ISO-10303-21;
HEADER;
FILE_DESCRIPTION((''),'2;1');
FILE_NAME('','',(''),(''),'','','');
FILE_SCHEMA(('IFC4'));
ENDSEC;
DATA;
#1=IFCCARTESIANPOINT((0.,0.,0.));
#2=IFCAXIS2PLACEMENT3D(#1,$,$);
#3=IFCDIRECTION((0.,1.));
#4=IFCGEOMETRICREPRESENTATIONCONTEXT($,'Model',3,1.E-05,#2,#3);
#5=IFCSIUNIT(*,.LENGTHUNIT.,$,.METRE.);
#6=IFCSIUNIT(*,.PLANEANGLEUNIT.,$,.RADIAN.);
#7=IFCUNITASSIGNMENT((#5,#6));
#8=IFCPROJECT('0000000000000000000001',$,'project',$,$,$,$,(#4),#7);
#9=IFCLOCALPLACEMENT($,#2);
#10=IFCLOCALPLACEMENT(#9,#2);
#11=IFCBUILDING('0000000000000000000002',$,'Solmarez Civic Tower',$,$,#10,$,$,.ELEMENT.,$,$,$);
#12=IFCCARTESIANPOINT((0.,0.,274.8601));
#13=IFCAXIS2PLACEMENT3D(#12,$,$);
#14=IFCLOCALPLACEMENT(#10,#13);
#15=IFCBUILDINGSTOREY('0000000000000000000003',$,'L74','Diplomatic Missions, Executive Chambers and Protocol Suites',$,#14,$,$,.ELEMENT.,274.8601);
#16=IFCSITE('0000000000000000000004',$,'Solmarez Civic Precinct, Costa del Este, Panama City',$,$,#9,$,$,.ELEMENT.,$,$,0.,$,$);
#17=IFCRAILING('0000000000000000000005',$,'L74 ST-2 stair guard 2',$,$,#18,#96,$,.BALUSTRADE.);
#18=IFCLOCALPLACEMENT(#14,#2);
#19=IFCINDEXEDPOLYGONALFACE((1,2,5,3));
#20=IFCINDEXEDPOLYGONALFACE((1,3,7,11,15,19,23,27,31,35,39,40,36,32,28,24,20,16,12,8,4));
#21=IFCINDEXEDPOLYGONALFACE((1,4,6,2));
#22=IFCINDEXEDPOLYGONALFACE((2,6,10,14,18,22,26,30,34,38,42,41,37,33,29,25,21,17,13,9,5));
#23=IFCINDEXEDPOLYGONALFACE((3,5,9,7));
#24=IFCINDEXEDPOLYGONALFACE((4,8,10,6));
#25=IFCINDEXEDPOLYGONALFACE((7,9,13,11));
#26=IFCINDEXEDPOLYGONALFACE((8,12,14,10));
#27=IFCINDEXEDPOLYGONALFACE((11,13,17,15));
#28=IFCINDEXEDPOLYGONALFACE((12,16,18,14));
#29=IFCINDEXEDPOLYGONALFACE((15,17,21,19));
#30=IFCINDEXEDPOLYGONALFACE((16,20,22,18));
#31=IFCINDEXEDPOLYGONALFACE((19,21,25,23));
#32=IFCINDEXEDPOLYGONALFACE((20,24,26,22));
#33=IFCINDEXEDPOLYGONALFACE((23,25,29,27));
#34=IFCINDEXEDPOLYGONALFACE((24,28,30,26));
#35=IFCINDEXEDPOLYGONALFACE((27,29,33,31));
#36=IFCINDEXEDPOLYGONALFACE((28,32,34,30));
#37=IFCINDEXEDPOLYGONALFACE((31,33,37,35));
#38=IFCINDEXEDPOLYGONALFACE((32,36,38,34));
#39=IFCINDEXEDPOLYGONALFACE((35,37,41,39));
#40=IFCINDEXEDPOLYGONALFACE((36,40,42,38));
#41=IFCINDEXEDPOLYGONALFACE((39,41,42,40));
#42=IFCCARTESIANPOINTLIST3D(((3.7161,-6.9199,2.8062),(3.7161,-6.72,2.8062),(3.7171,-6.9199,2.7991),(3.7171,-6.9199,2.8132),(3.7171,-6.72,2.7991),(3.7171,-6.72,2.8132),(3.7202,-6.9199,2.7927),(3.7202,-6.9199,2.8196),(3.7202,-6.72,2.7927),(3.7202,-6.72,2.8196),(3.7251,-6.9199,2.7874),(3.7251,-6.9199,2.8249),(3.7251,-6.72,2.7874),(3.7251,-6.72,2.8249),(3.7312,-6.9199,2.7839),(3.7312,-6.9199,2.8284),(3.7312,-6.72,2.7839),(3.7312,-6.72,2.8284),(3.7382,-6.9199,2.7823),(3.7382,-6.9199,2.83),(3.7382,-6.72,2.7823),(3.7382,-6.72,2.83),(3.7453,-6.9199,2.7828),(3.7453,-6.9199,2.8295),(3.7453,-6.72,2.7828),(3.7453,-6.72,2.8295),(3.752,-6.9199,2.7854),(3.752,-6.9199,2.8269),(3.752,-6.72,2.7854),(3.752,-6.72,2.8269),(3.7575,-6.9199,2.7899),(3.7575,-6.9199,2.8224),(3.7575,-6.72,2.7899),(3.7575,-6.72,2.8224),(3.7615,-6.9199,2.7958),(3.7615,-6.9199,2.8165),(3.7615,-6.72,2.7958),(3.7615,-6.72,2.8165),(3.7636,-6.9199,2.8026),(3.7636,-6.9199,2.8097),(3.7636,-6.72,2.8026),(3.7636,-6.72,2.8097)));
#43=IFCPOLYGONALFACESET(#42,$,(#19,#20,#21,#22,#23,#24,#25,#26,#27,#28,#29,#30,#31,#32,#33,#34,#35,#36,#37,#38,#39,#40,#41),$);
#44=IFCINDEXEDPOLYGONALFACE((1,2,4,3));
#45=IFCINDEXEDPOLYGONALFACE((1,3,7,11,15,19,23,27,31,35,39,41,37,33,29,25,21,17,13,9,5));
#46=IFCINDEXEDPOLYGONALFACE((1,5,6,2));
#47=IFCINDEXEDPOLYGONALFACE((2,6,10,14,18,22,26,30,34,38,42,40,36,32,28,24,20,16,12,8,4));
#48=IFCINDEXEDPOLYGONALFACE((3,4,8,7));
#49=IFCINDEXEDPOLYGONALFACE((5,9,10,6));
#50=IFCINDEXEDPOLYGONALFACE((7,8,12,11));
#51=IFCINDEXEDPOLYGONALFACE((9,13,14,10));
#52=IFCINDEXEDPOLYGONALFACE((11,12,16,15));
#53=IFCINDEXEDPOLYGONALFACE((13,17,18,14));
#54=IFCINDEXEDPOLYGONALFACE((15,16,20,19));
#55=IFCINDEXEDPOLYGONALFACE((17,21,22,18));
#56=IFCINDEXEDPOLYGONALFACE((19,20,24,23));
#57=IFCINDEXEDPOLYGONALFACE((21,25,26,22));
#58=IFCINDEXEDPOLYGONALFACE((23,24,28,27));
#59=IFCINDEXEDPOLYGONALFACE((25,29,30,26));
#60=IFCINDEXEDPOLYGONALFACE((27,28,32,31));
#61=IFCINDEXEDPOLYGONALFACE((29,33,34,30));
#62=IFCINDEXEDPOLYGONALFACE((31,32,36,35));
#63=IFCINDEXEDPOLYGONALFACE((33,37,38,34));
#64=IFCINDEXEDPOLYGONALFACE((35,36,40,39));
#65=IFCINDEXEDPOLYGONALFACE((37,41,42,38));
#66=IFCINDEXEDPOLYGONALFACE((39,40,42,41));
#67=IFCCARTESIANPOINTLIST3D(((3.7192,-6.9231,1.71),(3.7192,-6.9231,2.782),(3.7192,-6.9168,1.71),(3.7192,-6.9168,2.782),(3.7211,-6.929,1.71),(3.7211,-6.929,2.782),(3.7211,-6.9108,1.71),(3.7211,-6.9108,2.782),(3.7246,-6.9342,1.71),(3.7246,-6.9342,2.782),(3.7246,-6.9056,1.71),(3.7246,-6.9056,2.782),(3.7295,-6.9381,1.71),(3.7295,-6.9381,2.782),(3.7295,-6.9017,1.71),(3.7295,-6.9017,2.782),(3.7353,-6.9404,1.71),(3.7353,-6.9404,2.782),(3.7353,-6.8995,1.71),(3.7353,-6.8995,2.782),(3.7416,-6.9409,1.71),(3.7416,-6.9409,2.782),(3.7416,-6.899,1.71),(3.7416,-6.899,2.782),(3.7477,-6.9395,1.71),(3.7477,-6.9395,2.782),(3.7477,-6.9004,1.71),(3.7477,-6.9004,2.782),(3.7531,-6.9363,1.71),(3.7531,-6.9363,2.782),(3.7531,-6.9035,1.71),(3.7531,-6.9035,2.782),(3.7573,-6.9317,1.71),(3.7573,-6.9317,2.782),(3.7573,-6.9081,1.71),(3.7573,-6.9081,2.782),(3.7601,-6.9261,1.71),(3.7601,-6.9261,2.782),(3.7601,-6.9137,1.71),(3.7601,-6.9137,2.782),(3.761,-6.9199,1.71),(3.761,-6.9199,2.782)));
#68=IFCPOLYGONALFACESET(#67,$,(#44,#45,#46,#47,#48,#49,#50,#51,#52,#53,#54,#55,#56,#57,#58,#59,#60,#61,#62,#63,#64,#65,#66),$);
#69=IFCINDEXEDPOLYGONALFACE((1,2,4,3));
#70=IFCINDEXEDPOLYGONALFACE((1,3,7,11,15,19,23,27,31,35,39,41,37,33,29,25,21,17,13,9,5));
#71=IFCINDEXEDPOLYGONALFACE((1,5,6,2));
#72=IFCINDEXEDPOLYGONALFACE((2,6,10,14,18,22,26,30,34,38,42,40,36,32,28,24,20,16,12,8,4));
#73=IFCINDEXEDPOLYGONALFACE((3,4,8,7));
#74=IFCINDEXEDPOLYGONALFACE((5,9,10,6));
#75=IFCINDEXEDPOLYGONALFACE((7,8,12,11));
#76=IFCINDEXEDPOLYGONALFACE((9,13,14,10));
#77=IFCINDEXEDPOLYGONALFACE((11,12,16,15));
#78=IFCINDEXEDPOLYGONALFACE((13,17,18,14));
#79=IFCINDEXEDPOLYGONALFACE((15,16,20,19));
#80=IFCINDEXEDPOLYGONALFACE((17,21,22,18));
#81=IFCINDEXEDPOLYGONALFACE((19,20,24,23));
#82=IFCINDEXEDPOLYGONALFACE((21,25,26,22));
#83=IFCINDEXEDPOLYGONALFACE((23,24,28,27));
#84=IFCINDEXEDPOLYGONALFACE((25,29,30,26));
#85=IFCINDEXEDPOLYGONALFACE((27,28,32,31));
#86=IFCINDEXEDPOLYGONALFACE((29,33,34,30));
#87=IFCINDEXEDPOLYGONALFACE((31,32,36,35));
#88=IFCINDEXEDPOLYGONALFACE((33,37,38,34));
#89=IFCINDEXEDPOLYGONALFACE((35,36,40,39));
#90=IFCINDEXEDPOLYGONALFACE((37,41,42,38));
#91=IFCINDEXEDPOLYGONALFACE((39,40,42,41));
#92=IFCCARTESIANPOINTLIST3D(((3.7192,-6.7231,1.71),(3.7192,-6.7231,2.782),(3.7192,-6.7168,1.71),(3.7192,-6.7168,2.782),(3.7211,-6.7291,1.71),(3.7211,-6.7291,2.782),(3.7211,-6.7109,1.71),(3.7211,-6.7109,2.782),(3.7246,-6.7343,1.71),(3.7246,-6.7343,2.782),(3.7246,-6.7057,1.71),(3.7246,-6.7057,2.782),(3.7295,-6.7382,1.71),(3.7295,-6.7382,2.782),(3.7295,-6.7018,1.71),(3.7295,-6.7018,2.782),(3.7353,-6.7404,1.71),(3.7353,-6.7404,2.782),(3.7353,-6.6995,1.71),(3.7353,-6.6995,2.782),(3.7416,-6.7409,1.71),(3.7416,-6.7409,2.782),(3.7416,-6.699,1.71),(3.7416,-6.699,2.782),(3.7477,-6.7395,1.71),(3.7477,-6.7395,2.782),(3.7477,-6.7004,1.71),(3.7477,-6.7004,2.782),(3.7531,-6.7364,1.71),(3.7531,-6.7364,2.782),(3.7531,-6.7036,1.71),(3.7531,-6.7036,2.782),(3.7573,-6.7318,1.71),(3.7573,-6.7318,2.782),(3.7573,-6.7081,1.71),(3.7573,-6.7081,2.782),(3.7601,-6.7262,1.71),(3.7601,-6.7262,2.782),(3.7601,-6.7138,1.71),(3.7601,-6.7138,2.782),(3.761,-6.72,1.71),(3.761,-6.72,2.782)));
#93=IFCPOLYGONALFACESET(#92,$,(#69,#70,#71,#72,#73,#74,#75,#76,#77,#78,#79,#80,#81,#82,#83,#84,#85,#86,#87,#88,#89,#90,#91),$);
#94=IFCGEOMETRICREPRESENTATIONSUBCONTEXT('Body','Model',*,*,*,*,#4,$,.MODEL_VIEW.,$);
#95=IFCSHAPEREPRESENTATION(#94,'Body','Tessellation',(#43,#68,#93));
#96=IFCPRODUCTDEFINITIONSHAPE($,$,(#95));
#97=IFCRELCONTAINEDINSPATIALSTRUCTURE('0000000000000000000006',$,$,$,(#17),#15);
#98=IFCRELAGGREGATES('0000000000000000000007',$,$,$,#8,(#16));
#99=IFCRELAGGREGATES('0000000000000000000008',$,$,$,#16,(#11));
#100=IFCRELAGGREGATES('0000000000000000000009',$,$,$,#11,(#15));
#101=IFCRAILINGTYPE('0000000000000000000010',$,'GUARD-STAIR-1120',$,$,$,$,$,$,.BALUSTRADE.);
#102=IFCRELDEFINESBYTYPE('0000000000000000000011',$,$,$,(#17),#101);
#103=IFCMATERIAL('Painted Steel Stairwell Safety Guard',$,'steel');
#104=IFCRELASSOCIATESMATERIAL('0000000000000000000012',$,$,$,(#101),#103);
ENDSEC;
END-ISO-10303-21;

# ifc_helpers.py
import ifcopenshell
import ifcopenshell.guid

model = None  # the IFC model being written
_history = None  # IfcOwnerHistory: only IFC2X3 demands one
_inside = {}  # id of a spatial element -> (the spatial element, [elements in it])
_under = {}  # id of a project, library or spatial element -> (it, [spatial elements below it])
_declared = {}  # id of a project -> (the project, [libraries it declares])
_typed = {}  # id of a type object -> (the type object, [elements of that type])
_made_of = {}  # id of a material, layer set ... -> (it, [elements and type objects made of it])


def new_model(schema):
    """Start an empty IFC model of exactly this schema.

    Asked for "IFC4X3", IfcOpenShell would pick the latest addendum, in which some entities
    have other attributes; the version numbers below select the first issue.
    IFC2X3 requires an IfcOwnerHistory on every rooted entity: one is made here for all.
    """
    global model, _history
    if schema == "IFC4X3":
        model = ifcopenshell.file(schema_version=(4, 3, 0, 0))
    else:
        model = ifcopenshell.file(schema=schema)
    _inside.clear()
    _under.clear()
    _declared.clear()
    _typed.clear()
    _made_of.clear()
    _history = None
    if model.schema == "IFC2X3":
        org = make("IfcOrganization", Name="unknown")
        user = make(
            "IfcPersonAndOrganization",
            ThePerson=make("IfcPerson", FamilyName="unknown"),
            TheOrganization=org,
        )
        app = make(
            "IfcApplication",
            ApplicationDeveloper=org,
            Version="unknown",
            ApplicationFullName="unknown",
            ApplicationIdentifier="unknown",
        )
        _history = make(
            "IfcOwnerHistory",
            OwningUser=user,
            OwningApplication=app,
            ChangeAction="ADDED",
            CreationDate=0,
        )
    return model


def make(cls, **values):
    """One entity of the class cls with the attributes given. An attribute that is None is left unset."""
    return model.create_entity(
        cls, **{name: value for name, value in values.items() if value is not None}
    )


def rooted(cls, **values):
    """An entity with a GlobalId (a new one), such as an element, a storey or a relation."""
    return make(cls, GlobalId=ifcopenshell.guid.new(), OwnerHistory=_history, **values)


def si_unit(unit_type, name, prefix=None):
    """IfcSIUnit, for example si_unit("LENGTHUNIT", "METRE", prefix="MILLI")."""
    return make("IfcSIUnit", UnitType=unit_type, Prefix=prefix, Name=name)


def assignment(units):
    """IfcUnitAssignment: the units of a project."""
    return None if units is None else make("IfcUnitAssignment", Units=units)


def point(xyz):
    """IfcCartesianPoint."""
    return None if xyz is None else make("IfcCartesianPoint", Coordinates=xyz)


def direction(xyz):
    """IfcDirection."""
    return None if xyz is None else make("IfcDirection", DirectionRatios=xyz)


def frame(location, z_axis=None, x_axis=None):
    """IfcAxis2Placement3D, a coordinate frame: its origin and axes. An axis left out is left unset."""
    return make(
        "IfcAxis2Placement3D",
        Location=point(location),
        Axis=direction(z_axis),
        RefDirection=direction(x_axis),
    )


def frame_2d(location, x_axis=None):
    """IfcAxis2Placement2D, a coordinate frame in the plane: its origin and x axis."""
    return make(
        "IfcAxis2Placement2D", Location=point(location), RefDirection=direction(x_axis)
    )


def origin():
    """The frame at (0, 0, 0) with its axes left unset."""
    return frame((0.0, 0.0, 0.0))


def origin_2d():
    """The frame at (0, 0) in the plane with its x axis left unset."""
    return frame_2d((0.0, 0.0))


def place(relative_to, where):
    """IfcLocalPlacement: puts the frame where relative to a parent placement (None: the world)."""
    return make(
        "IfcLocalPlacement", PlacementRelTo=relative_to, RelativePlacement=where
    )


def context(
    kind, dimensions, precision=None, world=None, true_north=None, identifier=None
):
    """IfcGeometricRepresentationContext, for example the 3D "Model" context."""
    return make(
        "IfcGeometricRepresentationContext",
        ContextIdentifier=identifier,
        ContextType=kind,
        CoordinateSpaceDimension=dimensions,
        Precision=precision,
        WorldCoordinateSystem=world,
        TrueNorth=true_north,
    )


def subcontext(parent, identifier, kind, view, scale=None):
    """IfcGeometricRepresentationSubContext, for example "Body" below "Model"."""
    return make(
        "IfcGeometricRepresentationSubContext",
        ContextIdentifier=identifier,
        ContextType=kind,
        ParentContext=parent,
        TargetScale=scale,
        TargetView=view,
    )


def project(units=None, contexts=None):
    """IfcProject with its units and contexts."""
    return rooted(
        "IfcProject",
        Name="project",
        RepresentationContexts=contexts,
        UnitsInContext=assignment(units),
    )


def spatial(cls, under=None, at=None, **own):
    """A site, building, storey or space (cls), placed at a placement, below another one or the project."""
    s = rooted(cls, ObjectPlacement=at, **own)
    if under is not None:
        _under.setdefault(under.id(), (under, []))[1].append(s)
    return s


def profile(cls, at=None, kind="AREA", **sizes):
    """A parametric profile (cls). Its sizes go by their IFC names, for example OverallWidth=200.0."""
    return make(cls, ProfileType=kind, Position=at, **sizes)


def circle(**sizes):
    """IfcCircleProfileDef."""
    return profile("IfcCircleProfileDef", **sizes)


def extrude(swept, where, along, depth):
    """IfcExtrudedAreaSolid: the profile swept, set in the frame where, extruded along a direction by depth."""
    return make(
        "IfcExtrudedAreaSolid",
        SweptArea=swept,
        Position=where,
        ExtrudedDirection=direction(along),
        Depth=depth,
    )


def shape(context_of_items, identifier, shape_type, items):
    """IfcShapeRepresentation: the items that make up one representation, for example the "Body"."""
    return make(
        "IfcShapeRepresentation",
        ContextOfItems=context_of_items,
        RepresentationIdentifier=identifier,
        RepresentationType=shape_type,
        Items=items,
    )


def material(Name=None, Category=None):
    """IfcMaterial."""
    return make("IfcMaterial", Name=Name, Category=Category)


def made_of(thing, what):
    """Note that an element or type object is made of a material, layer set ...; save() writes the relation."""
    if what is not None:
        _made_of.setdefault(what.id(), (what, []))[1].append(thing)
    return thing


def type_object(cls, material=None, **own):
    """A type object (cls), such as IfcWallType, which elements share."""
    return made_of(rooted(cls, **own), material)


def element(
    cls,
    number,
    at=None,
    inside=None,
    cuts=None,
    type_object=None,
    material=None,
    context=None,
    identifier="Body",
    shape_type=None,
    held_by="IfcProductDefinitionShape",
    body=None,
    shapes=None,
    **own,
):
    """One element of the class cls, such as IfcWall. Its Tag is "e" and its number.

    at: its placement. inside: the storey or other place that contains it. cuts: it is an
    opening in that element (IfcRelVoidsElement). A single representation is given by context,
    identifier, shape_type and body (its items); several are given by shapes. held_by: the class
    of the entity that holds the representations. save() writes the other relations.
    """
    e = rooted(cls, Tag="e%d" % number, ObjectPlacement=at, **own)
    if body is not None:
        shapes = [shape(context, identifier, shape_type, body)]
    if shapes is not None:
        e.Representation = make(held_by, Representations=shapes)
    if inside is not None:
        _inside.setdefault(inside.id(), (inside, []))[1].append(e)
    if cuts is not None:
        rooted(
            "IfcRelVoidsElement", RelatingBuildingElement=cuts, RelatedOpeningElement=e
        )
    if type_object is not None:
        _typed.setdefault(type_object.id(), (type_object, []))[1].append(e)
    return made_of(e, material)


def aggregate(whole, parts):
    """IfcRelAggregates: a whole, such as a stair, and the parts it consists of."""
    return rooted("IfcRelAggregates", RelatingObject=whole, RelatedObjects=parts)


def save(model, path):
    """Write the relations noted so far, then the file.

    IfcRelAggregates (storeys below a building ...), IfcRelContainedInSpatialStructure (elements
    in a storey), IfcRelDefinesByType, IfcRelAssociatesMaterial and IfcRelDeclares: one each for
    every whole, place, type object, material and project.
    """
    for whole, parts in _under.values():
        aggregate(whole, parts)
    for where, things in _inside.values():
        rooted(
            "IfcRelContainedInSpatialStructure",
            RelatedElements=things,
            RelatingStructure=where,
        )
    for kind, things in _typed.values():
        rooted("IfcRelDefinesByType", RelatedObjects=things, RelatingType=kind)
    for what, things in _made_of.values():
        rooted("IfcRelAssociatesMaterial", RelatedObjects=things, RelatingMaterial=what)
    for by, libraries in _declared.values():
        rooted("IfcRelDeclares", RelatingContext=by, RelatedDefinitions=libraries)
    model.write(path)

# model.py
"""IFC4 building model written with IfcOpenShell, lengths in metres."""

from ifc_helpers import new_model, si_unit, direction, frame, origin, origin_2d, place, context, subcontext, project, spatial, circle, extrude, material, type_object, element, save


model = new_model("IFC4")

# Units and contexts
model_context = context("Model", 3, precision=1e-05, world=origin(), true_north=direction((0.0, 1.0)))
body_context = subcontext(model_context, "Body", "Model", "MODEL_VIEW")
ifc_project = project(units=[si_unit("LENGTHUNIT", "METRE"), si_unit("PLANEANGLEUNIT", "RADIAN")], contexts=[model_context])

# Site, building, storey
site_placement = place(None, origin())
site = spatial("IfcSite", under=ifc_project, at=site_placement, Name="Solmarez Civic Precinct, Costa del Este, Panama City", CompositionType="ELEMENT", RefElevation=0.0)
building_placement = place(site_placement, origin())
building = spatial("IfcBuilding", under=site, at=building_placement, Name="Solmarez Civic Tower", CompositionType="ELEMENT")
storey_placement = place(building_placement, frame((0.0, 0.0, 274.8601)))
storey = spatial("IfcBuildingStorey", under=building, at=storey_placement, Name="L74", Description="Diplomatic Missions, Executive Chambers and Protocol Suites", CompositionType="ELEMENT", Elevation=274.8601)

# Railing
ifc_material_1 = material(Name="Painted Steel Stairwell Safety Guard", Category="steel")
railing_type_1 = type_object("IfcRailingType", Name="GUARD-STAIR-1120", PredefinedType="BALUSTRADE", material=ifc_material_1)
railing_1_placement = place(storey_placement, frame((3.74, -6.9199, 1.71)))
element("IfcRailing", 1, at=railing_1_placement, inside=storey, type_object=railing_type_1, Name="L74 ST-2 stair guard 2", PredefinedType="BALUSTRADE", context=body_context, shape_type="SweptSolid", body=[
    extrude(circle(Radius=0.0239, at=origin_2d()), frame((0.0, 0.0, 1.0962), z_axis=(0.0, 1.0, 0.0), x_axis=(-1.0, 0.0, 0.0)), (0.0, 0.0, 1.0), 0.2),
    extrude(circle(Radius=0.021, at=origin_2d()), origin(), (0.0, 0.0, 1.0), 1.072),
    extrude(circle(Radius=0.021, at=origin_2d()), frame((0.0, 0.2, 0.0)), (0.0, 0.0, 1.0), 1.072),
])

save(model, "model.ifc")
